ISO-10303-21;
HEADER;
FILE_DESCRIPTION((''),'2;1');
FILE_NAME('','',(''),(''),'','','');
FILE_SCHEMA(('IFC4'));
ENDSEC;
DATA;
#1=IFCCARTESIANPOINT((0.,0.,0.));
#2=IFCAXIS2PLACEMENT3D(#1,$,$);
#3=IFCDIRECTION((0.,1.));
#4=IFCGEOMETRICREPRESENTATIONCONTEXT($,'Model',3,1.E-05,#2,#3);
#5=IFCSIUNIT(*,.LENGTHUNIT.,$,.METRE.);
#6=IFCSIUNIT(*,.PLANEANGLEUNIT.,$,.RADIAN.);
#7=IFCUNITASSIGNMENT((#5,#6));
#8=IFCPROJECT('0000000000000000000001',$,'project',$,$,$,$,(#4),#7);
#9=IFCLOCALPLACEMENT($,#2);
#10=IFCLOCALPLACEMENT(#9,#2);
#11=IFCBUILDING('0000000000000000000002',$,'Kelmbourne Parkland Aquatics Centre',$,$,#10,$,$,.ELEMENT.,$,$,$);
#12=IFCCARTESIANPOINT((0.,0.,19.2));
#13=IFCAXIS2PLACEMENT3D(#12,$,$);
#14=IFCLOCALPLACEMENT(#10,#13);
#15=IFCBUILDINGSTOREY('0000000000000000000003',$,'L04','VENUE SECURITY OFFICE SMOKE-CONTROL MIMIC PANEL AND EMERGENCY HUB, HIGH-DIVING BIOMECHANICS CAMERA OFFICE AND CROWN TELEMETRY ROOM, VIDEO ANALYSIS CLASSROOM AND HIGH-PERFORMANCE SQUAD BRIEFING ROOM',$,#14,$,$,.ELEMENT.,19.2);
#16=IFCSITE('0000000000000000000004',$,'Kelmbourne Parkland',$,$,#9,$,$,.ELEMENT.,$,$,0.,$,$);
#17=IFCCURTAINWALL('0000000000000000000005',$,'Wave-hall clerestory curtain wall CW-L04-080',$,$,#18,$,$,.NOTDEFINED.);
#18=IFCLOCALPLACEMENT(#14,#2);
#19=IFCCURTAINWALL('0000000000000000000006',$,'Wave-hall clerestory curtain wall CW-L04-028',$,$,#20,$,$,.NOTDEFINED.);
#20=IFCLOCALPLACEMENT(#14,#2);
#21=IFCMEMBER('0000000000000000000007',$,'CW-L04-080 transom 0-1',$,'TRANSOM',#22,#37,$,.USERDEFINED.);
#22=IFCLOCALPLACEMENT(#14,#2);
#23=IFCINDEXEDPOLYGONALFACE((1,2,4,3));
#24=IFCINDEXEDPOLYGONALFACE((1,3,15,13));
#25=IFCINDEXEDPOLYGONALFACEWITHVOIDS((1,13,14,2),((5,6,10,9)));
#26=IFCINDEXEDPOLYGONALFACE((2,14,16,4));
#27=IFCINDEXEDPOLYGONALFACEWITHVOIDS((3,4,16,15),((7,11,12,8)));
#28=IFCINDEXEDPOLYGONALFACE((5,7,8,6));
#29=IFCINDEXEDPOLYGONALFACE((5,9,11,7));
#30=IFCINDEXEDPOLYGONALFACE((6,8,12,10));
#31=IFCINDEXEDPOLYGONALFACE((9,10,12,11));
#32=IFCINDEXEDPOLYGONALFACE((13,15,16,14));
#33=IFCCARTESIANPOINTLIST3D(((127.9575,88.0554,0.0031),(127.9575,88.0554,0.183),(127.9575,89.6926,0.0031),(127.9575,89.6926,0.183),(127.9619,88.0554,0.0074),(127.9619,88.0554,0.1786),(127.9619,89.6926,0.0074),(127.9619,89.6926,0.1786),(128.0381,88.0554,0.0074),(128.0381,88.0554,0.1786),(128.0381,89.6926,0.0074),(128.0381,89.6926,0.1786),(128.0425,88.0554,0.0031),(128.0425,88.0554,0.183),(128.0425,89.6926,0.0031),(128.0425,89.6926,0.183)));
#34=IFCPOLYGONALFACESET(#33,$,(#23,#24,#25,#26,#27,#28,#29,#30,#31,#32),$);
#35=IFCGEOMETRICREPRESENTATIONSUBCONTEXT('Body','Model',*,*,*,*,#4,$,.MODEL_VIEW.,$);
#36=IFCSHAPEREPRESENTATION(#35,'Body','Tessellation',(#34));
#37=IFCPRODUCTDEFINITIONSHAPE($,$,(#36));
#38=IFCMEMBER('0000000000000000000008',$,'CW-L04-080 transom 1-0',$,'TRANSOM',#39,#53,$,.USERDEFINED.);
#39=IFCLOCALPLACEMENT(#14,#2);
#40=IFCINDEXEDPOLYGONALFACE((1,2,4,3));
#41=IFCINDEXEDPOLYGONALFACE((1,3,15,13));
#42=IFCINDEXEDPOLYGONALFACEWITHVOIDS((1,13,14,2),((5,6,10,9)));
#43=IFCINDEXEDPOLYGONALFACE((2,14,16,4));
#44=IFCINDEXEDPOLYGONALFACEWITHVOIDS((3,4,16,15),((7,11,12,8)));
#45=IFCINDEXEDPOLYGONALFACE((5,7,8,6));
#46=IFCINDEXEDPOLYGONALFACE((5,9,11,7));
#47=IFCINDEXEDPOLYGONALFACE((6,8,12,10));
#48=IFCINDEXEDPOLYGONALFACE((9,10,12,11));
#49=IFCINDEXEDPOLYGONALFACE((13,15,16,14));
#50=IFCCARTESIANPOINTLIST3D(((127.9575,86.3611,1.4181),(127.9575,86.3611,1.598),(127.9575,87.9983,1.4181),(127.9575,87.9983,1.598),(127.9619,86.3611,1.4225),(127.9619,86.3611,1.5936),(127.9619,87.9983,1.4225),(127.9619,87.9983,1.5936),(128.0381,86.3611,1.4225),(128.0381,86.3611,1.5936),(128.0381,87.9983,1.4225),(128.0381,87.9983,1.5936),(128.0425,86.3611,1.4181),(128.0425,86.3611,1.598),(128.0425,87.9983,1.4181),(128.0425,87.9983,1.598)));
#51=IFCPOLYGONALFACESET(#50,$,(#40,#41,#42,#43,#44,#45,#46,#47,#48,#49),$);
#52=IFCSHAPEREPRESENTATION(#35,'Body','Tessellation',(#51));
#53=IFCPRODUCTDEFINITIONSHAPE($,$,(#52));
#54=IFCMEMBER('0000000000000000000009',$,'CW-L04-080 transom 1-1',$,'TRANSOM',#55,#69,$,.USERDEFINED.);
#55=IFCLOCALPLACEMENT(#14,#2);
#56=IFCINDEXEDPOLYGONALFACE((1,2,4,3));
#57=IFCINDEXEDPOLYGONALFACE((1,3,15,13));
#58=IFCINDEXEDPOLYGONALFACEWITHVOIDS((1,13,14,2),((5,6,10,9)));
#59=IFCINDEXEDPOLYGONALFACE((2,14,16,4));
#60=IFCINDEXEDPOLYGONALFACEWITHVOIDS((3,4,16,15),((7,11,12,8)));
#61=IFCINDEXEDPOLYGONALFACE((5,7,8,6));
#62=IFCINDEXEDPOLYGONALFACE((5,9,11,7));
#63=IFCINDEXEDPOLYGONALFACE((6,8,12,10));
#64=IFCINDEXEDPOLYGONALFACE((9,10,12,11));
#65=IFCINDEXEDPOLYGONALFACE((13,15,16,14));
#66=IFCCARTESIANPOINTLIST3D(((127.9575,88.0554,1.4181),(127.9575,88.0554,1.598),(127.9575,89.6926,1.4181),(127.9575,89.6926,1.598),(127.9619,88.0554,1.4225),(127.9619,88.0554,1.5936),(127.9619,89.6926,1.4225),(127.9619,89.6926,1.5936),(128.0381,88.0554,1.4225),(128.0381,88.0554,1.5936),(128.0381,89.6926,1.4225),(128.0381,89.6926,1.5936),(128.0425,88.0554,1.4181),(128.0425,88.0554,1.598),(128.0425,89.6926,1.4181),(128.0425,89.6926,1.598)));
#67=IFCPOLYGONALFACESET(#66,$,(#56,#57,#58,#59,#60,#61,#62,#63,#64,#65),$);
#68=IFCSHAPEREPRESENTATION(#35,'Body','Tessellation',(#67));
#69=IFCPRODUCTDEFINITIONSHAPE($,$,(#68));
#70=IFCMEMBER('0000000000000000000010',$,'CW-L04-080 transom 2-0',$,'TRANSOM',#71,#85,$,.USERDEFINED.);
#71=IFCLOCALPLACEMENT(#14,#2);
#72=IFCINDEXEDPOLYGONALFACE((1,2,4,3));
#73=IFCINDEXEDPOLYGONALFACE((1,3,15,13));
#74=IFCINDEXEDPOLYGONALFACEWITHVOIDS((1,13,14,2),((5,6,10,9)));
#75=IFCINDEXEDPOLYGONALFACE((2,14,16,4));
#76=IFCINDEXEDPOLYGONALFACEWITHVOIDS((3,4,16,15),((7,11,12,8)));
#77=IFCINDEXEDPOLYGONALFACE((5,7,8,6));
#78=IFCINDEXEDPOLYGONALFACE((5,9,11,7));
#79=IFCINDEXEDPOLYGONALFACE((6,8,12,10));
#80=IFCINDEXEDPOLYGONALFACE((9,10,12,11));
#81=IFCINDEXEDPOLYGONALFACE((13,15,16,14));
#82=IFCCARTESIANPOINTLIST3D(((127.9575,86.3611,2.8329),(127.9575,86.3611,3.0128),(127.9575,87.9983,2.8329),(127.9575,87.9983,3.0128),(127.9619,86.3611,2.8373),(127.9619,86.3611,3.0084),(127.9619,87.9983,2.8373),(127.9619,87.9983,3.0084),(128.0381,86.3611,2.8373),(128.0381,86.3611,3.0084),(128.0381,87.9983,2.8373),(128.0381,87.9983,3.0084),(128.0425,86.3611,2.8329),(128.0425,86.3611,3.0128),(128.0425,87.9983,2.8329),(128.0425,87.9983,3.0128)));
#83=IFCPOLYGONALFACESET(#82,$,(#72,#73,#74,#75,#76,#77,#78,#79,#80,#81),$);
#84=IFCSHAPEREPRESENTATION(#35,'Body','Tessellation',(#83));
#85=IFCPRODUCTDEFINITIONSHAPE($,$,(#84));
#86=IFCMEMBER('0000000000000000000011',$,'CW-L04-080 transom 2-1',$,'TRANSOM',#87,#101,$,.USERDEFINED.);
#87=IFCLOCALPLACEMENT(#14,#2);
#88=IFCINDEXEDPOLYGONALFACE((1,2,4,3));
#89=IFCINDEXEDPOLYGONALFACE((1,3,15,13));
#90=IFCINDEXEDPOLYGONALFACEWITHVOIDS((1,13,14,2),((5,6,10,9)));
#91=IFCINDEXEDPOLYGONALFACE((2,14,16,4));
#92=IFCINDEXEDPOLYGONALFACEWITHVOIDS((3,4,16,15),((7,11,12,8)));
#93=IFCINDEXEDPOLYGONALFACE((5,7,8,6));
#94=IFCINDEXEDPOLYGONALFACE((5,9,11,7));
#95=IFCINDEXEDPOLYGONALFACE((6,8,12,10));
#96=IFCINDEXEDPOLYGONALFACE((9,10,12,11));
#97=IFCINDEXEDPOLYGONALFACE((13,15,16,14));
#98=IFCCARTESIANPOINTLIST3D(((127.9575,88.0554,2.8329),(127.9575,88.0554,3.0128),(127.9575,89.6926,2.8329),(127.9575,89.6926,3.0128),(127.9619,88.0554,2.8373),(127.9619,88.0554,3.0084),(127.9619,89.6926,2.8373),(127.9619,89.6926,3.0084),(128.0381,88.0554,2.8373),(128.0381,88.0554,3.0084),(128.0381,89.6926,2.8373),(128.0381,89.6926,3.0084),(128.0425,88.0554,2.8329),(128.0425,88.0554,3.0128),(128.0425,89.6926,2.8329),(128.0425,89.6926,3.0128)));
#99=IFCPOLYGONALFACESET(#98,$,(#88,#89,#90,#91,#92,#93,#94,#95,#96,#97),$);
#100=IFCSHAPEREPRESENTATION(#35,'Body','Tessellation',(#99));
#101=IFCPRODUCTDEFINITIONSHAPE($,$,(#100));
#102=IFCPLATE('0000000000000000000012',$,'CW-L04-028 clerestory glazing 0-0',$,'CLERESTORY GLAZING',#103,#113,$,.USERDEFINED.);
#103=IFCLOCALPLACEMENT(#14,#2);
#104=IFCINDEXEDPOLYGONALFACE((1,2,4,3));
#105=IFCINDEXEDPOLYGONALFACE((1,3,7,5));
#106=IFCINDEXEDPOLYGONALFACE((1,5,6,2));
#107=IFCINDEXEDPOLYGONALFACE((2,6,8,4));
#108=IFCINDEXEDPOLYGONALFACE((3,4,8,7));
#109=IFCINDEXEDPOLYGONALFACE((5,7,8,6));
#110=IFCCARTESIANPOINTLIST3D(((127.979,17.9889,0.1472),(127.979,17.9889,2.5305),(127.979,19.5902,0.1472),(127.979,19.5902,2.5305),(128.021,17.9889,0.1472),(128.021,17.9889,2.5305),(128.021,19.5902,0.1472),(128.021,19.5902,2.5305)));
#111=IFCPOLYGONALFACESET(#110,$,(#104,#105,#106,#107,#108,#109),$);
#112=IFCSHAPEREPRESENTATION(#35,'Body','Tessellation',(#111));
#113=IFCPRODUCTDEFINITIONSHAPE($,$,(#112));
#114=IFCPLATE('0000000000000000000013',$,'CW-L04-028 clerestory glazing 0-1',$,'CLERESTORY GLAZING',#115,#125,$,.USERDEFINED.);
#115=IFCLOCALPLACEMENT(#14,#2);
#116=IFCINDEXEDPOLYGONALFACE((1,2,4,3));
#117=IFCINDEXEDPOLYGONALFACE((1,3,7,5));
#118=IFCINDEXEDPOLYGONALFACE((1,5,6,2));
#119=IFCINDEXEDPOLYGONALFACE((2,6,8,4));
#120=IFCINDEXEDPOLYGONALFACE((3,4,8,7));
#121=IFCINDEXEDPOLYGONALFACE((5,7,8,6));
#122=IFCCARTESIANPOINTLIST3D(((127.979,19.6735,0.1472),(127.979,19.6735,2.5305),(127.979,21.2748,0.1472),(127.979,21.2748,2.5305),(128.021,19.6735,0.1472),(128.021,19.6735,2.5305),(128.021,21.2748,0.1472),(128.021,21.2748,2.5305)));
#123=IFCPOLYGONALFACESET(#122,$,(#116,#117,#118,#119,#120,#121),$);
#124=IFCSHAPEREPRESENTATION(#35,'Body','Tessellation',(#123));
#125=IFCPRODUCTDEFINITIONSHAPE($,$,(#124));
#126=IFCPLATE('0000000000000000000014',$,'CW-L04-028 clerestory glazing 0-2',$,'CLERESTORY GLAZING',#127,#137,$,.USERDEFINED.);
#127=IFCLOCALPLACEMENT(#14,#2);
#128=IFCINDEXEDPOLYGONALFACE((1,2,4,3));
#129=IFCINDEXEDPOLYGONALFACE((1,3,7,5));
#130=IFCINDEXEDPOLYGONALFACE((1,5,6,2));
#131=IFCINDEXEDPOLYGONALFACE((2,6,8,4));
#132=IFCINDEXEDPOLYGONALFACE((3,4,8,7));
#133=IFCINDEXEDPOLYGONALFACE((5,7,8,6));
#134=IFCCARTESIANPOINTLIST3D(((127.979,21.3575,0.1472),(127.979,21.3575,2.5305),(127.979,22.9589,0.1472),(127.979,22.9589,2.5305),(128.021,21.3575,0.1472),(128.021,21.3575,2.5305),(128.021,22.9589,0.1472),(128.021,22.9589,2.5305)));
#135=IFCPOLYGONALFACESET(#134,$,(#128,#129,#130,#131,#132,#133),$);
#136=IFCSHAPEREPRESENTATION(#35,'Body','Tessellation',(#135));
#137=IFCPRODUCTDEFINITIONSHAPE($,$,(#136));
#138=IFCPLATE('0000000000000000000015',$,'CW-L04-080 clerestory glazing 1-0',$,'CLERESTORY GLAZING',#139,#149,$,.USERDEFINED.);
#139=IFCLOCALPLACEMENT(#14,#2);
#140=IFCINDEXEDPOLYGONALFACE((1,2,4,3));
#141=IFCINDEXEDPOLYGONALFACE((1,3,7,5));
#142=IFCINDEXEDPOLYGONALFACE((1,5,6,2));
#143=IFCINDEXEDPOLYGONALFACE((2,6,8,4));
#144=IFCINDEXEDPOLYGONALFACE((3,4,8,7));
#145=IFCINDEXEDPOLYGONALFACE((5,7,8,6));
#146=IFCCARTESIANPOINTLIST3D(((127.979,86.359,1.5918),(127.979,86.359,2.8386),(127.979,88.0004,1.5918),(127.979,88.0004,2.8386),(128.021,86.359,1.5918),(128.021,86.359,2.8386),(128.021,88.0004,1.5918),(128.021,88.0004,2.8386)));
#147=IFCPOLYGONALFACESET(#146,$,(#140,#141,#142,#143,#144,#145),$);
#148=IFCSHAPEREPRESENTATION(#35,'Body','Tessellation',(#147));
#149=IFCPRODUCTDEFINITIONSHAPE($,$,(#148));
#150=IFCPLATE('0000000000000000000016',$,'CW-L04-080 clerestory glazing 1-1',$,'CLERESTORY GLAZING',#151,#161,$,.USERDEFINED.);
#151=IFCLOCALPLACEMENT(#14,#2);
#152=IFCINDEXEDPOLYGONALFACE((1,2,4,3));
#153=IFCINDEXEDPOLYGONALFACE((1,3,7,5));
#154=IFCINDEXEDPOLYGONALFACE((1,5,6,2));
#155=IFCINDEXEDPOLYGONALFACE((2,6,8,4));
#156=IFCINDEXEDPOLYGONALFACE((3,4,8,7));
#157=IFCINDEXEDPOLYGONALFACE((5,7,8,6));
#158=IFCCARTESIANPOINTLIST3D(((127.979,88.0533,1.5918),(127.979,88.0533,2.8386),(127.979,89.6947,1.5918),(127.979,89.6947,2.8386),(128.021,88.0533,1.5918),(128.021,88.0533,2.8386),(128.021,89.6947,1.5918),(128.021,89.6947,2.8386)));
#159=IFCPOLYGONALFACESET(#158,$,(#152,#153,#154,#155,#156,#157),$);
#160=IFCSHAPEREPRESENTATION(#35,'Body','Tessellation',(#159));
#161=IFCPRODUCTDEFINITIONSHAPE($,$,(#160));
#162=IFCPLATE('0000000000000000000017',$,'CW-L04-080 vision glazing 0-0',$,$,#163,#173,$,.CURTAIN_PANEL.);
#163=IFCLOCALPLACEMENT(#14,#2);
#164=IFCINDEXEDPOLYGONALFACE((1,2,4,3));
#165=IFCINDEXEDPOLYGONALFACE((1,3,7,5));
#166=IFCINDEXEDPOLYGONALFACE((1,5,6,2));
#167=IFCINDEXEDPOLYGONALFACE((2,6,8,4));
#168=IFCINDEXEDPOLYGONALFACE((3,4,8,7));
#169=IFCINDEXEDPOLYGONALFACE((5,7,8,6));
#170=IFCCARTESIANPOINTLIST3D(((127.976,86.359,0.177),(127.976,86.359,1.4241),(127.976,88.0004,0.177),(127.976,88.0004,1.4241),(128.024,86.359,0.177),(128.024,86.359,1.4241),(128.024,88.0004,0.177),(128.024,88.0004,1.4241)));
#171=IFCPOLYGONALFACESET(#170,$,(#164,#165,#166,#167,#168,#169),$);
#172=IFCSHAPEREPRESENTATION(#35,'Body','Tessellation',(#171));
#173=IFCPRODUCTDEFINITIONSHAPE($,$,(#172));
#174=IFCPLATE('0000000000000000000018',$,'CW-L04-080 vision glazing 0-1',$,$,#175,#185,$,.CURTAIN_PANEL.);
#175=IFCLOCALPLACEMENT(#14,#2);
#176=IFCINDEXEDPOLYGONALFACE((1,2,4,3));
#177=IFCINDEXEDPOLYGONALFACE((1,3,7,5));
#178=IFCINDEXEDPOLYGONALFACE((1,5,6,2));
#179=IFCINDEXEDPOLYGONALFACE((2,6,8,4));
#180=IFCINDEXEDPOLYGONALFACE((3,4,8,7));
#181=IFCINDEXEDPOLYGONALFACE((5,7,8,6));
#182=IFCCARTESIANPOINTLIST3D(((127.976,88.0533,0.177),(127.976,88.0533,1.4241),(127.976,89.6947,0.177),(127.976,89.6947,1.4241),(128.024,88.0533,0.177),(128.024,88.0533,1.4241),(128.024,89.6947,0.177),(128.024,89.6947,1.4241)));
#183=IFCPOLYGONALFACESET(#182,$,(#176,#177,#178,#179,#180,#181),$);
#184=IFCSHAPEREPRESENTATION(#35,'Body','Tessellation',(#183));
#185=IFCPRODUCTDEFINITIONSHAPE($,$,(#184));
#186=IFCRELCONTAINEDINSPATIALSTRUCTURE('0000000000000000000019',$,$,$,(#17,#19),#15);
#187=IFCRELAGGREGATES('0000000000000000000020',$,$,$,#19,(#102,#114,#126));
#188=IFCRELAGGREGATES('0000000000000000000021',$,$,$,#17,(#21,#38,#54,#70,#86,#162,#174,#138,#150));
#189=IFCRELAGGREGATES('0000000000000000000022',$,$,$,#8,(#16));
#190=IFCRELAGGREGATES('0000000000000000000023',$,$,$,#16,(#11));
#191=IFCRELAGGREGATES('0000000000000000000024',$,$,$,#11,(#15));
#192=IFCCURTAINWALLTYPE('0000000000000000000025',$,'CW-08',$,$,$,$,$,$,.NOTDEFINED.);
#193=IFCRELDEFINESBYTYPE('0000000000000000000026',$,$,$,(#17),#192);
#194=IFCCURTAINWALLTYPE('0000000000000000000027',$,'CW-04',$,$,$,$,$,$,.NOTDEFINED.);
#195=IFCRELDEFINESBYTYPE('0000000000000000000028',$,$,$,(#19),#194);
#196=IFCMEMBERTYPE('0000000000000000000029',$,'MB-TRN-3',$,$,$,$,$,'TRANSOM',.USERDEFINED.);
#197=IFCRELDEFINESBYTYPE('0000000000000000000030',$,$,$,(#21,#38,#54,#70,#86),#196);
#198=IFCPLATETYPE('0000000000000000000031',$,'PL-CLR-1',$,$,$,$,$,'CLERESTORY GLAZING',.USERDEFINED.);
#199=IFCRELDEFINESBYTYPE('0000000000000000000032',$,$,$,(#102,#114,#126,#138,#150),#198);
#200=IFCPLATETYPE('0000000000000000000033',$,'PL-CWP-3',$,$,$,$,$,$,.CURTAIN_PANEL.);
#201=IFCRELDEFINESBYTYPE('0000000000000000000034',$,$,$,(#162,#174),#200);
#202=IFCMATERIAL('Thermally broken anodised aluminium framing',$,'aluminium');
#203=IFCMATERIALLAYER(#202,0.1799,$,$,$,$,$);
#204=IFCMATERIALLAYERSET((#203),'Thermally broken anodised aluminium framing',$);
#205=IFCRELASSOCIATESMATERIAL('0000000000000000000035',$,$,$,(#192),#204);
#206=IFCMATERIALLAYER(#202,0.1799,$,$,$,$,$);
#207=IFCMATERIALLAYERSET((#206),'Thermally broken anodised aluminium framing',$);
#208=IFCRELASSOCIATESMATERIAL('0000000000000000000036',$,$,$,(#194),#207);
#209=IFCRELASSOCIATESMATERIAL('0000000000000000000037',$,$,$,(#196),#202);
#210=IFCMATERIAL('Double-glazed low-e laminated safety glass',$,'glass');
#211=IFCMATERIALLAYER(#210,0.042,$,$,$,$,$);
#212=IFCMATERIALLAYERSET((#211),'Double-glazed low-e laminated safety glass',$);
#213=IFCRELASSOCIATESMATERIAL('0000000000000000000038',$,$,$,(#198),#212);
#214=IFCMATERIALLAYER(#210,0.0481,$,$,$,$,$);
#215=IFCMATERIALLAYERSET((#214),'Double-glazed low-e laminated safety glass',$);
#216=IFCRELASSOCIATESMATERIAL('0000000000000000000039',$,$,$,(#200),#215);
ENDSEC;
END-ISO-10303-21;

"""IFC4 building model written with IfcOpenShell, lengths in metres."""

from ifc_helpers import new_model, si_unit, direction, frame, origin, origin_2d, place, context, subcontext, project, spatial, rectangle, hollow_rectangle, extrude, material, layer, layer_set, material_profile, profile_set, type_object, element, aggregate, save


model = new_model("IFC4")

# Units and contexts
model_context = context("Model", 3, precision=1e-05, world=origin(), true_north=direction((0.0, 1.0)))
body_context = subcontext(model_context, "Body", "Model", "MODEL_VIEW")
ifc_project = project(units=[si_unit("LENGTHUNIT", "METRE"), si_unit("PLANEANGLEUNIT", "RADIAN")], contexts=[model_context])

# Site, building, storey
site_placement = place(None, origin())
site = spatial("IfcSite", under=ifc_project, at=site_placement, Name="Kelmbourne Parkland", CompositionType="ELEMENT", RefElevation=0.0)
building_placement = place(site_placement, origin())
building = spatial("IfcBuilding", under=site, at=building_placement, Name="Kelmbourne Parkland Aquatics Centre", CompositionType="ELEMENT")
storey_placement = place(building_placement, frame((0.0, 0.0, 19.2)))
storey = spatial("IfcBuildingStorey", under=building, at=storey_placement, Name="L04", Description="VENUE SECURITY OFFICE SMOKE-CONTROL MIMIC PANEL AND EMERGENCY HUB, HIGH-DIVING BIOMECHANICS CAMERA OFFICE AND CROWN TELEMETRY ROOM, VIDEO ANALYSIS CLASSROOM AND HIGH-PERFORMANCE SQUAD BRIEFING ROOM", CompositionType="ELEMENT", Elevation=19.2)

# Curtain walls
ifc_material_1 = material(Name="Thermally broken anodised aluminium framing", Category="aluminium")
ifc_layer_1 = layer(ifc_material_1, 0.1799)
ifc_layer_set_1 = layer_set([ifc_layer_1], Name="Thermally broken anodised aluminium framing")
curtain_wall_type_1 = type_object("IfcCurtainWallType", Name="CW-08", PredefinedType="NOTDEFINED", material=ifc_layer_set_1)
curtain_wall_1_placement = place(storey_placement, origin())
curtain_wall_1 = element("IfcCurtainWall", 1, at=curtain_wall_1_placement, inside=storey, type_object=curtain_wall_type_1, Name="Wave-hall clerestory curtain wall CW-L04-080", PredefinedType="NOTDEFINED")
ifc_layer_2 = layer(ifc_material_1, 0.1799)
ifc_layer_set_2 = layer_set([ifc_layer_2], Name="Thermally broken anodised aluminium framing")
curtain_wall_type_2 = type_object("IfcCurtainWallType", Name="CW-04", PredefinedType="NOTDEFINED", material=ifc_layer_set_2)
curtain_wall_2_placement = place(storey_placement, origin())
curtain_wall_2 = element("IfcCurtainWall", 2, at=curtain_wall_2_placement, inside=storey, type_object=curtain_wall_type_2, Name="Wave-hall clerestory curtain wall CW-L04-028", PredefinedType="NOTDEFINED")

# Members
ifc_material_profile_1 = material_profile(ifc_material_1, hollow_rectangle(XDim=0.085, YDim=0.1799, WallThickness=0.0044, at=origin_2d()), Name="CW-T 85x180")
ifc_profile_set_1 = profile_set([ifc_material_profile_1], Name="Thermally broken anodised aluminium framing")
member_type_1 = type_object("IfcMemberType", Name="MB-TRN-3", ElementType="TRANSOM", PredefinedType="USERDEFINED", material=ifc_profile_set_1)
member_1_placement = place(storey_placement, frame((128.0, 88.0554, 0.093), z_axis=(0.0, 1.0, 0.0), x_axis=(-1.0, 0.0, 0.0)))
member_1 = element("IfcMember", 3, at=member_1_placement, type_object=member_type_1, Name="CW-L04-080 transom 0-1", ObjectType="TRANSOM", PredefinedType="USERDEFINED", context=body_context, shape_type="SweptSolid", body=[
    extrude(hollow_rectangle(XDim=0.085, YDim=0.1799, WallThickness=0.0044, at=origin_2d()), origin(), (0.0, 0.0, 1.0), 1.6372),
])
member_2_placement = place(storey_placement, frame((128.0, 86.3611, 1.5081), z_axis=(0.0, 1.0, 0.0), x_axis=(-1.0, 0.0, 0.0)))
member_2 = element("IfcMember", 4, at=member_2_placement, type_object=member_type_1, Name="CW-L04-080 transom 1-0", ObjectType="TRANSOM", PredefinedType="USERDEFINED", context=body_context, shape_type="SweptSolid", body=[
    extrude(hollow_rectangle(XDim=0.085, YDim=0.1799, WallThickness=0.0044, at=origin_2d()), origin(), (0.0, 0.0, 1.0), 1.6372),
])
member_3_placement = place(storey_placement, frame((128.0, 88.0554, 1.5081), z_axis=(0.0, 1.0, 0.0), x_axis=(-1.0, 0.0, 0.0)))
member_3 = element("IfcMember", 5, at=member_3_placement, type_object=member_type_1, Name="CW-L04-080 transom 1-1", ObjectType="TRANSOM", PredefinedType="USERDEFINED", context=body_context, shape_type="SweptSolid", body=[
    extrude(hollow_rectangle(XDim=0.085, YDim=0.1799, WallThickness=0.0044, at=origin_2d()), origin(), (0.0, 0.0, 1.0), 1.6372),
])
member_4_placement = place(storey_placement, frame((128.0, 86.3611, 2.9229), z_axis=(0.0, 1.0, 0.0), x_axis=(-1.0, 0.0, 0.0)))
member_4 = element("IfcMember", 6, at=member_4_placement, type_object=member_type_1, Name="CW-L04-080 transom 2-0", ObjectType="TRANSOM", PredefinedType="USERDEFINED", context=body_context, shape_type="SweptSolid", body=[
    extrude(hollow_rectangle(XDim=0.085, YDim=0.1799, WallThickness=0.0044, at=origin_2d()), origin(), (0.0, 0.0, 1.0), 1.6372),
])
member_5_placement = place(storey_placement, frame((128.0, 88.0554, 2.9229), z_axis=(0.0, 1.0, 0.0), x_axis=(-1.0, 0.0, 0.0)))
member_5 = element("IfcMember", 7, at=member_5_placement, type_object=member_type_1, Name="CW-L04-080 transom 2-1", ObjectType="TRANSOM", PredefinedType="USERDEFINED", context=body_context, shape_type="SweptSolid", body=[
    extrude(hollow_rectangle(XDim=0.085, YDim=0.1799, WallThickness=0.0044, at=origin_2d()), origin(), (0.0, 0.0, 1.0), 1.6372),
])

# Plates
ifc_material_2 = material(Name="Double-glazed low-e laminated safety glass", Category="glass")
ifc_layer_3 = layer(ifc_material_2, 0.042)
ifc_layer_set_3 = layer_set([ifc_layer_3], Name="Double-glazed low-e laminated safety glass")
plate_type_1 = type_object("IfcPlateType", Name="PL-CLR-1", ElementType="CLERESTORY GLAZING", PredefinedType="USERDEFINED", material=ifc_layer_set_3)
plate_1_placement = place(storey_placement, frame((128.0, 18.7896, 0.1472), z_axis=(0.0, 0.0, 1.0), x_axis=(0.0, 1.0, 0.0)))
plate_1 = element("IfcPlate", 8, at=plate_1_placement, type_object=plate_type_1, Name="CW-L04-028 clerestory glazing 0-0", ObjectType="CLERESTORY GLAZING", PredefinedType="USERDEFINED", context=body_context, shape_type="SweptSolid", body=[
    extrude(rectangle(XDim=1.6013, YDim=0.042, at=origin_2d()), origin(), (0.0, 0.0, 1.0), 2.3833),
])
plate_2_placement = place(storey_placement, frame((128.0, 20.4741, 0.1472), z_axis=(0.0, 0.0, 1.0), x_axis=(0.0, 1.0, 0.0)))
plate_2 = element("IfcPlate", 9, at=plate_2_placement, type_object=plate_type_1, Name="CW-L04-028 clerestory glazing 0-1", ObjectType="CLERESTORY GLAZING", PredefinedType="USERDEFINED", context=body_context, shape_type="SweptSolid", body=[
    extrude(rectangle(XDim=1.6013, YDim=0.042, at=origin_2d()), origin(), (0.0, 0.0, 1.0), 2.3833),
])
plate_3_placement = place(storey_placement, frame((128.0, 22.1582, 0.1472), z_axis=(0.0, 0.0, 1.0), x_axis=(0.0, 1.0, 0.0)))
plate_3 = element("IfcPlate", 10, at=plate_3_placement, type_object=plate_type_1, Name="CW-L04-028 clerestory glazing 0-2", ObjectType="CLERESTORY GLAZING", PredefinedType="USERDEFINED", context=body_context, shape_type="SweptSolid", body=[
    extrude(rectangle(XDim=1.6013, YDim=0.042, at=origin_2d()), origin(), (0.0, 0.0, 1.0), 2.3833),
])
aggregate(curtain_wall_2, [plate_1, plate_2, plate_3])
plate_4_placement = place(storey_placement, frame((128.0, 87.1797, 1.5918), z_axis=(0.0, 0.0, 1.0), x_axis=(0.0, 1.0, 0.0)))
plate_4 = element("IfcPlate", 11, at=plate_4_placement, type_object=plate_type_1, Name="CW-L04-080 clerestory glazing 1-0", ObjectType="CLERESTORY GLAZING", PredefinedType="USERDEFINED", context=body_context, shape_type="SweptSolid", body=[
    extrude(rectangle(XDim=1.6414, YDim=0.042, at=origin_2d()), origin(), (0.0, 0.0, 1.0), 1.2468),
])
plate_5_placement = place(storey_placement, frame((128.0, 88.874, 1.5918), z_axis=(0.0, 0.0, 1.0), x_axis=(0.0, 1.0, 0.0)))
plate_5 = element("IfcPlate", 12, at=plate_5_placement, type_object=plate_type_1, Name="CW-L04-080 clerestory glazing 1-1", ObjectType="CLERESTORY GLAZING", PredefinedType="USERDEFINED", context=body_context, shape_type="SweptSolid", body=[
    extrude(rectangle(XDim=1.6414, YDim=0.042, at=origin_2d()), origin(), (0.0, 0.0, 1.0), 1.2468),
])
ifc_layer_4 = layer(ifc_material_2, 0.0481)
ifc_layer_set_4 = layer_set([ifc_layer_4], Name="Double-glazed low-e laminated safety glass")
plate_type_2 = type_object("IfcPlateType", Name="PL-CWP-3", PredefinedType="CURTAIN_PANEL", material=ifc_layer_set_4)
plate_6_placement = place(storey_placement, frame((128.0, 87.1797, 0.177), z_axis=(0.0, 0.0, 1.0), x_axis=(0.0, 1.0, 0.0)))
plate_6 = element("IfcPlate", 13, at=plate_6_placement, type_object=plate_type_2, Name="CW-L04-080 vision glazing 0-0", PredefinedType="CURTAIN_PANEL", context=body_context, shape_type="SweptSolid", body=[
    extrude(rectangle(XDim=1.6414, YDim=0.0481, at=origin_2d()), origin(), (0.0, 0.0, 1.0), 1.2471),
])
plate_7_placement = place(storey_placement, frame((128.0, 88.874, 0.177), z_axis=(0.0, 0.0, 1.0), x_axis=(0.0, 1.0, 0.0)))
plate_7 = element("IfcPlate", 14, at=plate_7_placement, type_object=plate_type_2, Name="CW-L04-080 vision glazing 0-1", PredefinedType="CURTAIN_PANEL", context=body_context, shape_type="SweptSolid", body=[
    extrude(rectangle(XDim=1.6414, YDim=0.0481, at=origin_2d()), origin(), (0.0, 0.0, 1.0), 1.2471),
])
aggregate(curtain_wall_1, [member_1, member_2, member_3, member_4, member_5, plate_6, plate_7, plate_4, plate_5])

save(model, "model.ifc")
